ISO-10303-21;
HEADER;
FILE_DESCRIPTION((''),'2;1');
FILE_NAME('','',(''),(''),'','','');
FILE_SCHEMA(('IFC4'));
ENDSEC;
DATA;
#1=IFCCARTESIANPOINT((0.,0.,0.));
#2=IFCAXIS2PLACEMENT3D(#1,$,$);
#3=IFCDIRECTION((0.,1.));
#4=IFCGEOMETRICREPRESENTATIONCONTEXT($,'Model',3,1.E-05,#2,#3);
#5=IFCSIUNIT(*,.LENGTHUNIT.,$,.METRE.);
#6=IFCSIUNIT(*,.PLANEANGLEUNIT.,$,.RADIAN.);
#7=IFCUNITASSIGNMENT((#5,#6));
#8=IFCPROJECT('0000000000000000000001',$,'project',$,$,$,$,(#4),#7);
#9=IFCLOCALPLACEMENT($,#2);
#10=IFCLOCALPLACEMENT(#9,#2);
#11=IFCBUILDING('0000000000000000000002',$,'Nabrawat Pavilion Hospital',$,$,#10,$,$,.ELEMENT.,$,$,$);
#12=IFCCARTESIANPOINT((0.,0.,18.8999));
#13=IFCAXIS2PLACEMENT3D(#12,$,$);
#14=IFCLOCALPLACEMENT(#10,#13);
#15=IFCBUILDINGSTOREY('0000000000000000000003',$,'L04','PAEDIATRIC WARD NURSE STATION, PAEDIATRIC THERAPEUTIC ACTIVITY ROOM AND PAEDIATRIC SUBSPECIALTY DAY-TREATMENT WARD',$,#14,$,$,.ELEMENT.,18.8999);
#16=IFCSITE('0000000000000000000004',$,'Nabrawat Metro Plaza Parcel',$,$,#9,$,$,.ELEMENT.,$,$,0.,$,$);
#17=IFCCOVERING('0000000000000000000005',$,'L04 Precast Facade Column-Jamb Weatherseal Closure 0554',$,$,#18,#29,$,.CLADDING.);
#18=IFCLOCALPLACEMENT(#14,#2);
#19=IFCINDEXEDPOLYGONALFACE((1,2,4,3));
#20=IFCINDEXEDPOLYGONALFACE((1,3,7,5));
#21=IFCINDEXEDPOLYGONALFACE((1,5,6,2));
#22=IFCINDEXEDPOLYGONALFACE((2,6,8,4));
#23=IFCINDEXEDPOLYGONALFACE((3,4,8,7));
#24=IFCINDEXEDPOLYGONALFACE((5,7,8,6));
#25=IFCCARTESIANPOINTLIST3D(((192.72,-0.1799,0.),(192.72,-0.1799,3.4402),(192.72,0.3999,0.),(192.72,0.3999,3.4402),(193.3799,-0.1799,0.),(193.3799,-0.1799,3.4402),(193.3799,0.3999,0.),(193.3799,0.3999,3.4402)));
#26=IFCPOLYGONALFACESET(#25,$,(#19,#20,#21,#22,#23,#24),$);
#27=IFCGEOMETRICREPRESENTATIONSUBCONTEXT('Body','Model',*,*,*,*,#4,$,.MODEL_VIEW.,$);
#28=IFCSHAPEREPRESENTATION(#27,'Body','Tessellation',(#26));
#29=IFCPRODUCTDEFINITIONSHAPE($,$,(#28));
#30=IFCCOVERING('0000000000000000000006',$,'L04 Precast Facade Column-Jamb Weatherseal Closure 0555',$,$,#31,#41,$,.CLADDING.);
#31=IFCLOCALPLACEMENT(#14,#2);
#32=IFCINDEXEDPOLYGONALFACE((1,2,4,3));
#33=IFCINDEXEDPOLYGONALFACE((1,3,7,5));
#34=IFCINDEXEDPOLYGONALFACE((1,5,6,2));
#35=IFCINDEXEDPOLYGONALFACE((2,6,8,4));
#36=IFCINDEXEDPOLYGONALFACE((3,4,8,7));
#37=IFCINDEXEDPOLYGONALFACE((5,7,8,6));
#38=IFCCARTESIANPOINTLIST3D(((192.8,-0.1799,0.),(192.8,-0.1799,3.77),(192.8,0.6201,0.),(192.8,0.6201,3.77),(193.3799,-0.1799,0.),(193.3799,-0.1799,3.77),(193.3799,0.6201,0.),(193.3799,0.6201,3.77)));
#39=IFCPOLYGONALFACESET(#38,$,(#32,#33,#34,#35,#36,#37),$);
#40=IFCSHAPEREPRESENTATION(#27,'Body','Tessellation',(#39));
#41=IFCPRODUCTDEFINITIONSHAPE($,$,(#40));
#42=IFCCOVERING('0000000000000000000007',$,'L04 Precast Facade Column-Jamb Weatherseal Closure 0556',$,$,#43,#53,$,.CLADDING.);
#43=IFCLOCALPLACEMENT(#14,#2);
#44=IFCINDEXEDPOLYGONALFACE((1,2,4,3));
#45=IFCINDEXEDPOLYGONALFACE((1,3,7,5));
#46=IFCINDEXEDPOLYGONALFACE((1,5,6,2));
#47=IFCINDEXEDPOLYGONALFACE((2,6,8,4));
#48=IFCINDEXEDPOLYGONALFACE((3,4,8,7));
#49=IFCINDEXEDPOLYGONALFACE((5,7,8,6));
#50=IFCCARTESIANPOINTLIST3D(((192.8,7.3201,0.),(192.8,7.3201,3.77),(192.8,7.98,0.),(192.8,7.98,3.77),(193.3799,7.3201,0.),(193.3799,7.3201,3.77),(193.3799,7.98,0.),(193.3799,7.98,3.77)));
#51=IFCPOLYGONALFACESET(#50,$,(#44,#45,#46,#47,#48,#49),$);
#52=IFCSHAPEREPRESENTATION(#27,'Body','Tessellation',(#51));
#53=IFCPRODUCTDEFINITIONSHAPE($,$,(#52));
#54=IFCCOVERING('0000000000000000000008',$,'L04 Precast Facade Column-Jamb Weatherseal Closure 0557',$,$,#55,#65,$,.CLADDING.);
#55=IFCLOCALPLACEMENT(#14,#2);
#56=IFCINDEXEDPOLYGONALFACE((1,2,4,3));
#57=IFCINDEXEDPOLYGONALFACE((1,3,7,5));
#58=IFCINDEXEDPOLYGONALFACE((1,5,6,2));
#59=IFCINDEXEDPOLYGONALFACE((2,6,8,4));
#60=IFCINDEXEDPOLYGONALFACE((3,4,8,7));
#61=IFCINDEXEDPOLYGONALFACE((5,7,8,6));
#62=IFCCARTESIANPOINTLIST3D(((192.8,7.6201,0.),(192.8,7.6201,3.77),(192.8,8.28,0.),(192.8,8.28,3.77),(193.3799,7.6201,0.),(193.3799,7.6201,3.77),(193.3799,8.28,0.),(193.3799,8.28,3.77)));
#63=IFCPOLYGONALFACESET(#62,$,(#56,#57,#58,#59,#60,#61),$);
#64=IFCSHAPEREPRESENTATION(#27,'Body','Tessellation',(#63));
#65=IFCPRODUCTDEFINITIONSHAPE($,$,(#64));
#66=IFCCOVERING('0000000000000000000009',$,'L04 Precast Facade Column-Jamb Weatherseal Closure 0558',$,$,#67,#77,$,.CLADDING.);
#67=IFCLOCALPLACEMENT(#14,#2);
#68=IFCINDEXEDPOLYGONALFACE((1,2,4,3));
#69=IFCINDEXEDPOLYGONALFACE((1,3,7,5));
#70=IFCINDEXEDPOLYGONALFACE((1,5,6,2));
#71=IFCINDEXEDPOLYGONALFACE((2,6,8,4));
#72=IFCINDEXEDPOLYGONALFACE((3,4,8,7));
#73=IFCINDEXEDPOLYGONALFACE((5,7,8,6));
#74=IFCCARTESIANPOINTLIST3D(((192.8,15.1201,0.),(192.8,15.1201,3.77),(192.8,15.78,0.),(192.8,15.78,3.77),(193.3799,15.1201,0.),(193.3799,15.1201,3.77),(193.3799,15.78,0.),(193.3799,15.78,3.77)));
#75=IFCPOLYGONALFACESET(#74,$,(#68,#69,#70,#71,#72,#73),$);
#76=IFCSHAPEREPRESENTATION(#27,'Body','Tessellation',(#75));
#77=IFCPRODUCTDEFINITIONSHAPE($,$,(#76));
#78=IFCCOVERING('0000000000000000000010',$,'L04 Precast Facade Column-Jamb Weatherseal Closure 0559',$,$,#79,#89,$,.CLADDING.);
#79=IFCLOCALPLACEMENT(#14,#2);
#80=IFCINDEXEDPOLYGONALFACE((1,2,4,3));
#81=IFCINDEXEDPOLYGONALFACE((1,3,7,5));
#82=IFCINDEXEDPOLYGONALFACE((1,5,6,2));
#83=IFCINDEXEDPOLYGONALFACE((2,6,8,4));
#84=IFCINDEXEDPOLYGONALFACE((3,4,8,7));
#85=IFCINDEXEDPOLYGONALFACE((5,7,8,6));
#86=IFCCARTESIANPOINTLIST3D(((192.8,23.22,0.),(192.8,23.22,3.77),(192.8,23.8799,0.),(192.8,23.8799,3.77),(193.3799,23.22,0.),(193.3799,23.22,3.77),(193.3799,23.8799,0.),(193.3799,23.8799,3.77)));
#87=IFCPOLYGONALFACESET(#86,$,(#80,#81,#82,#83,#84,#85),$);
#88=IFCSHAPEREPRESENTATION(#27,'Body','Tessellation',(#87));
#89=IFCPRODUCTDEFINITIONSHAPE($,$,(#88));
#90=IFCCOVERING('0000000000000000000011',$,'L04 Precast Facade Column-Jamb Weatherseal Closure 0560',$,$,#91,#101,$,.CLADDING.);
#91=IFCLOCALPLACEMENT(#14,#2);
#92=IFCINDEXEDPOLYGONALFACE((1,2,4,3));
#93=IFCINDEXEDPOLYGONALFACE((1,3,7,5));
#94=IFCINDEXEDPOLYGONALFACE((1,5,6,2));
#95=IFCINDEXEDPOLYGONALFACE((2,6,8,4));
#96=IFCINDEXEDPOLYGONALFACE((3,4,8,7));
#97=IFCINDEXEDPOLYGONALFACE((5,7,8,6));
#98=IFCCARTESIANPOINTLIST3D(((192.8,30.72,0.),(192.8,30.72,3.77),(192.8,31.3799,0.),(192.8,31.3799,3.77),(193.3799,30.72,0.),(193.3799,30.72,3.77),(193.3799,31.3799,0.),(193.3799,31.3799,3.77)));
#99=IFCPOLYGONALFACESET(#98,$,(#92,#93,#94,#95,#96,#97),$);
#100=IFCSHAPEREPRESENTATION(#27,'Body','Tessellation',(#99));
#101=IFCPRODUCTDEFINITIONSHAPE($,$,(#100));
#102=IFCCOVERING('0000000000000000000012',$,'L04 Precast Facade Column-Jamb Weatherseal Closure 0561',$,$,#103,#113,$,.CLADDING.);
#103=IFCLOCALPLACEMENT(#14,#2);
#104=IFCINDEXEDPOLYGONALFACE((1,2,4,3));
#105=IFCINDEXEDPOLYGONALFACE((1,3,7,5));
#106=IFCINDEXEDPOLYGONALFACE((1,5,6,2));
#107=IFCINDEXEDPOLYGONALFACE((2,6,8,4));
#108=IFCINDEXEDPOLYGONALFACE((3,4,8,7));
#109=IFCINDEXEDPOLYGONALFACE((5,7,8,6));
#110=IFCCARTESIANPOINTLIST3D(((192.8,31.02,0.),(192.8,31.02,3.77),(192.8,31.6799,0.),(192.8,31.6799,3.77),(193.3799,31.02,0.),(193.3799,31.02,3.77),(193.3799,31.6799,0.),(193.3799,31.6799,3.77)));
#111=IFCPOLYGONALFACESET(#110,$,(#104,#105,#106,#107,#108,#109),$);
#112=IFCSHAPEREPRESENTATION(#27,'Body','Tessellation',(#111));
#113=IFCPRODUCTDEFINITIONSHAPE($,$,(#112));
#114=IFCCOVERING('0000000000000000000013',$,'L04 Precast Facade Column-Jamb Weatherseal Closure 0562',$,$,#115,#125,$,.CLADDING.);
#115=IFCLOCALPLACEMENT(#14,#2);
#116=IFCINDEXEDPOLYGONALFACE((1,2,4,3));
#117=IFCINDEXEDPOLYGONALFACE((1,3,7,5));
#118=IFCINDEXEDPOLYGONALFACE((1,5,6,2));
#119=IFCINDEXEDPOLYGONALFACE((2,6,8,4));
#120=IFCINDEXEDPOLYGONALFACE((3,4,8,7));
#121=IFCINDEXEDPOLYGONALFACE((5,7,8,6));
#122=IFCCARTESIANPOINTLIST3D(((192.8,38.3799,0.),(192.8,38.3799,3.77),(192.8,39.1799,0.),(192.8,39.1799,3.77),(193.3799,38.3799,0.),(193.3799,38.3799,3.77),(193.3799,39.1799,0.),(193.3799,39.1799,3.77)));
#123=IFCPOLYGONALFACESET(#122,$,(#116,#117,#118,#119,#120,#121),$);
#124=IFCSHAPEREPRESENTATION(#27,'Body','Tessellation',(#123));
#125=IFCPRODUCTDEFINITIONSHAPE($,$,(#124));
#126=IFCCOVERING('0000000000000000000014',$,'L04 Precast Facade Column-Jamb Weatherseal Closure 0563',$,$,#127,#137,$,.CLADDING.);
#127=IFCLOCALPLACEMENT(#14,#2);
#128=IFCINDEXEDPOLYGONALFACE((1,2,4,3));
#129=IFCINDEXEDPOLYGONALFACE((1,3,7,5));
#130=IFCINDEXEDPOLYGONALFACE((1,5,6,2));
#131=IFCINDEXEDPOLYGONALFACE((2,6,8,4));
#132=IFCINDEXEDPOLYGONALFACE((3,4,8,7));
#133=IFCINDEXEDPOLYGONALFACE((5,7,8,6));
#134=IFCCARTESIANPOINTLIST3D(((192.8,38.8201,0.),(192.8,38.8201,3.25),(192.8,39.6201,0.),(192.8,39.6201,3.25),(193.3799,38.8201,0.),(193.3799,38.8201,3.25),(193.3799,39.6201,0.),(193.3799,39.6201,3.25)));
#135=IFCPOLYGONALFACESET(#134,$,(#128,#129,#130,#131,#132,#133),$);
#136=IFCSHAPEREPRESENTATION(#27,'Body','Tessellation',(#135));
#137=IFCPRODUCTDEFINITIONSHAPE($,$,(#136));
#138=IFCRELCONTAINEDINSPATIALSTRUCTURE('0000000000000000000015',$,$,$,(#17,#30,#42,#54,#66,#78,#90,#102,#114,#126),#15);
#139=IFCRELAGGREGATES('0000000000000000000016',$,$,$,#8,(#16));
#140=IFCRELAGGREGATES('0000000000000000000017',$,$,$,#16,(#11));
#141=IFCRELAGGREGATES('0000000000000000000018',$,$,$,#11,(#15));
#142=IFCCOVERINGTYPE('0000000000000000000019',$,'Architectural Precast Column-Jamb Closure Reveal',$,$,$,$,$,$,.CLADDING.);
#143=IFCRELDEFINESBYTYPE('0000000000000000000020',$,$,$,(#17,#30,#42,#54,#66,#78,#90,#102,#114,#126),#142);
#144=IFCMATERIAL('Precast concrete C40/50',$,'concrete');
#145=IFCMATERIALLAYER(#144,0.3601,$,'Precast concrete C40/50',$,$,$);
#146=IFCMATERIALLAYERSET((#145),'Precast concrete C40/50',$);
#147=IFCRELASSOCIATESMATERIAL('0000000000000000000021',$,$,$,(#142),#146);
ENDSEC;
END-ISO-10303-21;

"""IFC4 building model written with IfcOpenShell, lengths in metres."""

from ifc_helpers import new_model, si_unit, direction, frame, origin, place, context, subcontext, project, spatial, polyline, outline, extrude, material, layer, layer_set, type_object, element, save


model = new_model("IFC4")

# Units and contexts
model_context = context("Model", 3, precision=1e-05, world=origin(), true_north=direction((0.0, 1.0)))
body_context = subcontext(model_context, "Body", "Model", "MODEL_VIEW")
ifc_project = project(units=[si_unit("LENGTHUNIT", "METRE"), si_unit("PLANEANGLEUNIT", "RADIAN")], contexts=[model_context])

# Site, building, storey
site_placement = place(None, origin())
site = spatial("IfcSite", under=ifc_project, at=site_placement, Name="Nabrawat Metro Plaza Parcel", CompositionType="ELEMENT", RefElevation=0.0)
building_placement = place(site_placement, origin())
building = spatial("IfcBuilding", under=site, at=building_placement, Name="Nabrawat Pavilion Hospital", CompositionType="ELEMENT")
storey_placement = place(building_placement, frame((0.0, 0.0, 18.8999)))
storey = spatial("IfcBuildingStorey", under=building, at=storey_placement, Name="L04", Description="PAEDIATRIC WARD NURSE STATION, PAEDIATRIC THERAPEUTIC ACTIVITY ROOM AND PAEDIATRIC SUBSPECIALTY DAY-TREATMENT WARD", CompositionType="ELEMENT", Elevation=18.8999)

# Coverings
ifc_material_1 = material(Name="Precast concrete C40/50", Category="concrete")
ifc_layer_1 = layer(ifc_material_1, 0.3601, Name="Precast concrete C40/50")
ifc_layer_set_1 = layer_set([ifc_layer_1], Name="Precast concrete C40/50")
covering_type = type_object("IfcCoveringType", Name="Architectural Precast Column-Jamb Closure Reveal", PredefinedType="CLADDING", material=ifc_layer_set_1)
covering_1_placement = place(storey_placement, origin())
element("IfcCovering", 1, at=covering_1_placement, inside=storey, type_object=covering_type, Name="L04 Precast Facade Column-Jamb Weatherseal Closure 0554", PredefinedType="CLADDING", context=body_context, shape_type="SweptSolid", body=[
    extrude(outline(polyline([(193.3799, -0.1799), (193.3799, 0.3999), (192.72, 0.3999), (192.72, -0.1799), (193.3799, -0.1799)])), origin(), (0.0, 0.0, 1.0), 3.4402),
])
covering_2_placement = place(storey_placement, origin())
element("IfcCovering", 2, at=covering_2_placement, inside=storey, type_object=covering_type, Name="L04 Precast Facade Column-Jamb Weatherseal Closure 0555", PredefinedType="CLADDING", context=body_context, shape_type="SweptSolid", body=[
    extrude(outline(polyline([(193.3799, -0.1799), (193.3799, 0.6201), (192.8, 0.6201), (192.8, -0.1799), (193.3799, -0.1799)])), origin(), (0.0, 0.0, 1.0), 3.77),
])
covering_3_placement = place(storey_placement, origin())
element("IfcCovering", 3, at=covering_3_placement, inside=storey, type_object=covering_type, Name="L04 Precast Facade Column-Jamb Weatherseal Closure 0556", PredefinedType="CLADDING", context=body_context, shape_type="SweptSolid", body=[
    extrude(outline(polyline([(193.3799, 7.3201), (193.3799, 7.98), (192.8, 7.98), (192.8, 7.3201), (193.3799, 7.3201)])), origin(), (0.0, 0.0, 1.0), 3.77),
])
covering_4_placement = place(storey_placement, origin())
element("IfcCovering", 4, at=covering_4_placement, inside=storey, type_object=covering_type, Name="L04 Precast Facade Column-Jamb Weatherseal Closure 0557", PredefinedType="CLADDING", context=body_context, shape_type="SweptSolid", body=[
    extrude(outline(polyline([(193.3799, 7.6201), (193.3799, 8.28), (192.8, 8.28), (192.8, 7.6201), (193.3799, 7.6201)])), origin(), (0.0, 0.0, 1.0), 3.77),
])
covering_5_placement = place(storey_placement, origin())
element("IfcCovering", 5, at=covering_5_placement, inside=storey, type_object=covering_type, Name="L04 Precast Facade Column-Jamb Weatherseal Closure 0558", PredefinedType="CLADDING", context=body_context, shape_type="SweptSolid", body=[
    extrude(outline(polyline([(193.3799, 15.1201), (193.3799, 15.78), (192.8, 15.78), (192.8, 15.1201), (193.3799, 15.1201)])), origin(), (0.0, 0.0, 1.0), 3.77),
])
covering_6_placement = place(storey_placement, origin())
element("IfcCovering", 6, at=covering_6_placement, inside=storey, type_object=covering_type, Name="L04 Precast Facade Column-Jamb Weatherseal Closure 0559", PredefinedType="CLADDING", context=body_context, shape_type="SweptSolid", body=[
    extrude(outline(polyline([(193.3799, 23.22), (193.3799, 23.8799), (192.8, 23.8799), (192.8, 23.22), (193.3799, 23.22)])), origin(), (0.0, 0.0, 1.0), 3.77),
])
covering_7_placement = place(storey_placement, origin())
element("IfcCovering", 7, at=covering_7_placement, inside=storey, type_object=covering_type, Name="L04 Precast Facade Column-Jamb Weatherseal Closure 0560", PredefinedType="CLADDING", context=body_context, shape_type="SweptSolid", body=[
    extrude(outline(polyline([(193.3799, 30.72), (193.3799, 31.3799), (192.8, 31.3799), (192.8, 30.72), (193.3799, 30.72)])), origin(), (0.0, 0.0, 1.0), 3.77),
])
covering_8_placement = place(storey_placement, origin())
element("IfcCovering", 8, at=covering_8_placement, inside=storey, type_object=covering_type, Name="L04 Precast Facade Column-Jamb Weatherseal Closure 0561", PredefinedType="CLADDING", context=body_context, shape_type="SweptSolid", body=[
    extrude(outline(polyline([(193.3799, 31.02), (193.3799, 31.6799), (192.8, 31.6799), (192.8, 31.02), (193.3799, 31.02)])), origin(), (0.0, 0.0, 1.0), 3.77),
])
covering_9_placement = place(storey_placement, origin())
element("IfcCovering", 9, at=covering_9_placement, inside=storey, type_object=covering_type, Name="L04 Precast Facade Column-Jamb Weatherseal Closure 0562", PredefinedType="CLADDING", context=body_context, shape_type="SweptSolid", body=[
    extrude(outline(polyline([(193.3799, 38.3799), (193.3799, 39.1799), (192.8, 39.1799), (192.8, 38.3799), (193.3799, 38.3799)])), origin(), (0.0, 0.0, 1.0), 3.77),
])
covering_10_placement = place(storey_placement, origin())
element("IfcCovering", 10, at=covering_10_placement, inside=storey, type_object=covering_type, Name="L04 Precast Facade Column-Jamb Weatherseal Closure 0563", PredefinedType="CLADDING", context=body_context, shape_type="SweptSolid", body=[
    extrude(outline(polyline([(193.3799, 38.8201), (193.3799, 39.6201), (192.8, 39.6201), (192.8, 38.8201), (193.3799, 38.8201)])), origin(), (0.0, 0.0, 1.0), 3.25),
])

save(model, "model.ifc")
